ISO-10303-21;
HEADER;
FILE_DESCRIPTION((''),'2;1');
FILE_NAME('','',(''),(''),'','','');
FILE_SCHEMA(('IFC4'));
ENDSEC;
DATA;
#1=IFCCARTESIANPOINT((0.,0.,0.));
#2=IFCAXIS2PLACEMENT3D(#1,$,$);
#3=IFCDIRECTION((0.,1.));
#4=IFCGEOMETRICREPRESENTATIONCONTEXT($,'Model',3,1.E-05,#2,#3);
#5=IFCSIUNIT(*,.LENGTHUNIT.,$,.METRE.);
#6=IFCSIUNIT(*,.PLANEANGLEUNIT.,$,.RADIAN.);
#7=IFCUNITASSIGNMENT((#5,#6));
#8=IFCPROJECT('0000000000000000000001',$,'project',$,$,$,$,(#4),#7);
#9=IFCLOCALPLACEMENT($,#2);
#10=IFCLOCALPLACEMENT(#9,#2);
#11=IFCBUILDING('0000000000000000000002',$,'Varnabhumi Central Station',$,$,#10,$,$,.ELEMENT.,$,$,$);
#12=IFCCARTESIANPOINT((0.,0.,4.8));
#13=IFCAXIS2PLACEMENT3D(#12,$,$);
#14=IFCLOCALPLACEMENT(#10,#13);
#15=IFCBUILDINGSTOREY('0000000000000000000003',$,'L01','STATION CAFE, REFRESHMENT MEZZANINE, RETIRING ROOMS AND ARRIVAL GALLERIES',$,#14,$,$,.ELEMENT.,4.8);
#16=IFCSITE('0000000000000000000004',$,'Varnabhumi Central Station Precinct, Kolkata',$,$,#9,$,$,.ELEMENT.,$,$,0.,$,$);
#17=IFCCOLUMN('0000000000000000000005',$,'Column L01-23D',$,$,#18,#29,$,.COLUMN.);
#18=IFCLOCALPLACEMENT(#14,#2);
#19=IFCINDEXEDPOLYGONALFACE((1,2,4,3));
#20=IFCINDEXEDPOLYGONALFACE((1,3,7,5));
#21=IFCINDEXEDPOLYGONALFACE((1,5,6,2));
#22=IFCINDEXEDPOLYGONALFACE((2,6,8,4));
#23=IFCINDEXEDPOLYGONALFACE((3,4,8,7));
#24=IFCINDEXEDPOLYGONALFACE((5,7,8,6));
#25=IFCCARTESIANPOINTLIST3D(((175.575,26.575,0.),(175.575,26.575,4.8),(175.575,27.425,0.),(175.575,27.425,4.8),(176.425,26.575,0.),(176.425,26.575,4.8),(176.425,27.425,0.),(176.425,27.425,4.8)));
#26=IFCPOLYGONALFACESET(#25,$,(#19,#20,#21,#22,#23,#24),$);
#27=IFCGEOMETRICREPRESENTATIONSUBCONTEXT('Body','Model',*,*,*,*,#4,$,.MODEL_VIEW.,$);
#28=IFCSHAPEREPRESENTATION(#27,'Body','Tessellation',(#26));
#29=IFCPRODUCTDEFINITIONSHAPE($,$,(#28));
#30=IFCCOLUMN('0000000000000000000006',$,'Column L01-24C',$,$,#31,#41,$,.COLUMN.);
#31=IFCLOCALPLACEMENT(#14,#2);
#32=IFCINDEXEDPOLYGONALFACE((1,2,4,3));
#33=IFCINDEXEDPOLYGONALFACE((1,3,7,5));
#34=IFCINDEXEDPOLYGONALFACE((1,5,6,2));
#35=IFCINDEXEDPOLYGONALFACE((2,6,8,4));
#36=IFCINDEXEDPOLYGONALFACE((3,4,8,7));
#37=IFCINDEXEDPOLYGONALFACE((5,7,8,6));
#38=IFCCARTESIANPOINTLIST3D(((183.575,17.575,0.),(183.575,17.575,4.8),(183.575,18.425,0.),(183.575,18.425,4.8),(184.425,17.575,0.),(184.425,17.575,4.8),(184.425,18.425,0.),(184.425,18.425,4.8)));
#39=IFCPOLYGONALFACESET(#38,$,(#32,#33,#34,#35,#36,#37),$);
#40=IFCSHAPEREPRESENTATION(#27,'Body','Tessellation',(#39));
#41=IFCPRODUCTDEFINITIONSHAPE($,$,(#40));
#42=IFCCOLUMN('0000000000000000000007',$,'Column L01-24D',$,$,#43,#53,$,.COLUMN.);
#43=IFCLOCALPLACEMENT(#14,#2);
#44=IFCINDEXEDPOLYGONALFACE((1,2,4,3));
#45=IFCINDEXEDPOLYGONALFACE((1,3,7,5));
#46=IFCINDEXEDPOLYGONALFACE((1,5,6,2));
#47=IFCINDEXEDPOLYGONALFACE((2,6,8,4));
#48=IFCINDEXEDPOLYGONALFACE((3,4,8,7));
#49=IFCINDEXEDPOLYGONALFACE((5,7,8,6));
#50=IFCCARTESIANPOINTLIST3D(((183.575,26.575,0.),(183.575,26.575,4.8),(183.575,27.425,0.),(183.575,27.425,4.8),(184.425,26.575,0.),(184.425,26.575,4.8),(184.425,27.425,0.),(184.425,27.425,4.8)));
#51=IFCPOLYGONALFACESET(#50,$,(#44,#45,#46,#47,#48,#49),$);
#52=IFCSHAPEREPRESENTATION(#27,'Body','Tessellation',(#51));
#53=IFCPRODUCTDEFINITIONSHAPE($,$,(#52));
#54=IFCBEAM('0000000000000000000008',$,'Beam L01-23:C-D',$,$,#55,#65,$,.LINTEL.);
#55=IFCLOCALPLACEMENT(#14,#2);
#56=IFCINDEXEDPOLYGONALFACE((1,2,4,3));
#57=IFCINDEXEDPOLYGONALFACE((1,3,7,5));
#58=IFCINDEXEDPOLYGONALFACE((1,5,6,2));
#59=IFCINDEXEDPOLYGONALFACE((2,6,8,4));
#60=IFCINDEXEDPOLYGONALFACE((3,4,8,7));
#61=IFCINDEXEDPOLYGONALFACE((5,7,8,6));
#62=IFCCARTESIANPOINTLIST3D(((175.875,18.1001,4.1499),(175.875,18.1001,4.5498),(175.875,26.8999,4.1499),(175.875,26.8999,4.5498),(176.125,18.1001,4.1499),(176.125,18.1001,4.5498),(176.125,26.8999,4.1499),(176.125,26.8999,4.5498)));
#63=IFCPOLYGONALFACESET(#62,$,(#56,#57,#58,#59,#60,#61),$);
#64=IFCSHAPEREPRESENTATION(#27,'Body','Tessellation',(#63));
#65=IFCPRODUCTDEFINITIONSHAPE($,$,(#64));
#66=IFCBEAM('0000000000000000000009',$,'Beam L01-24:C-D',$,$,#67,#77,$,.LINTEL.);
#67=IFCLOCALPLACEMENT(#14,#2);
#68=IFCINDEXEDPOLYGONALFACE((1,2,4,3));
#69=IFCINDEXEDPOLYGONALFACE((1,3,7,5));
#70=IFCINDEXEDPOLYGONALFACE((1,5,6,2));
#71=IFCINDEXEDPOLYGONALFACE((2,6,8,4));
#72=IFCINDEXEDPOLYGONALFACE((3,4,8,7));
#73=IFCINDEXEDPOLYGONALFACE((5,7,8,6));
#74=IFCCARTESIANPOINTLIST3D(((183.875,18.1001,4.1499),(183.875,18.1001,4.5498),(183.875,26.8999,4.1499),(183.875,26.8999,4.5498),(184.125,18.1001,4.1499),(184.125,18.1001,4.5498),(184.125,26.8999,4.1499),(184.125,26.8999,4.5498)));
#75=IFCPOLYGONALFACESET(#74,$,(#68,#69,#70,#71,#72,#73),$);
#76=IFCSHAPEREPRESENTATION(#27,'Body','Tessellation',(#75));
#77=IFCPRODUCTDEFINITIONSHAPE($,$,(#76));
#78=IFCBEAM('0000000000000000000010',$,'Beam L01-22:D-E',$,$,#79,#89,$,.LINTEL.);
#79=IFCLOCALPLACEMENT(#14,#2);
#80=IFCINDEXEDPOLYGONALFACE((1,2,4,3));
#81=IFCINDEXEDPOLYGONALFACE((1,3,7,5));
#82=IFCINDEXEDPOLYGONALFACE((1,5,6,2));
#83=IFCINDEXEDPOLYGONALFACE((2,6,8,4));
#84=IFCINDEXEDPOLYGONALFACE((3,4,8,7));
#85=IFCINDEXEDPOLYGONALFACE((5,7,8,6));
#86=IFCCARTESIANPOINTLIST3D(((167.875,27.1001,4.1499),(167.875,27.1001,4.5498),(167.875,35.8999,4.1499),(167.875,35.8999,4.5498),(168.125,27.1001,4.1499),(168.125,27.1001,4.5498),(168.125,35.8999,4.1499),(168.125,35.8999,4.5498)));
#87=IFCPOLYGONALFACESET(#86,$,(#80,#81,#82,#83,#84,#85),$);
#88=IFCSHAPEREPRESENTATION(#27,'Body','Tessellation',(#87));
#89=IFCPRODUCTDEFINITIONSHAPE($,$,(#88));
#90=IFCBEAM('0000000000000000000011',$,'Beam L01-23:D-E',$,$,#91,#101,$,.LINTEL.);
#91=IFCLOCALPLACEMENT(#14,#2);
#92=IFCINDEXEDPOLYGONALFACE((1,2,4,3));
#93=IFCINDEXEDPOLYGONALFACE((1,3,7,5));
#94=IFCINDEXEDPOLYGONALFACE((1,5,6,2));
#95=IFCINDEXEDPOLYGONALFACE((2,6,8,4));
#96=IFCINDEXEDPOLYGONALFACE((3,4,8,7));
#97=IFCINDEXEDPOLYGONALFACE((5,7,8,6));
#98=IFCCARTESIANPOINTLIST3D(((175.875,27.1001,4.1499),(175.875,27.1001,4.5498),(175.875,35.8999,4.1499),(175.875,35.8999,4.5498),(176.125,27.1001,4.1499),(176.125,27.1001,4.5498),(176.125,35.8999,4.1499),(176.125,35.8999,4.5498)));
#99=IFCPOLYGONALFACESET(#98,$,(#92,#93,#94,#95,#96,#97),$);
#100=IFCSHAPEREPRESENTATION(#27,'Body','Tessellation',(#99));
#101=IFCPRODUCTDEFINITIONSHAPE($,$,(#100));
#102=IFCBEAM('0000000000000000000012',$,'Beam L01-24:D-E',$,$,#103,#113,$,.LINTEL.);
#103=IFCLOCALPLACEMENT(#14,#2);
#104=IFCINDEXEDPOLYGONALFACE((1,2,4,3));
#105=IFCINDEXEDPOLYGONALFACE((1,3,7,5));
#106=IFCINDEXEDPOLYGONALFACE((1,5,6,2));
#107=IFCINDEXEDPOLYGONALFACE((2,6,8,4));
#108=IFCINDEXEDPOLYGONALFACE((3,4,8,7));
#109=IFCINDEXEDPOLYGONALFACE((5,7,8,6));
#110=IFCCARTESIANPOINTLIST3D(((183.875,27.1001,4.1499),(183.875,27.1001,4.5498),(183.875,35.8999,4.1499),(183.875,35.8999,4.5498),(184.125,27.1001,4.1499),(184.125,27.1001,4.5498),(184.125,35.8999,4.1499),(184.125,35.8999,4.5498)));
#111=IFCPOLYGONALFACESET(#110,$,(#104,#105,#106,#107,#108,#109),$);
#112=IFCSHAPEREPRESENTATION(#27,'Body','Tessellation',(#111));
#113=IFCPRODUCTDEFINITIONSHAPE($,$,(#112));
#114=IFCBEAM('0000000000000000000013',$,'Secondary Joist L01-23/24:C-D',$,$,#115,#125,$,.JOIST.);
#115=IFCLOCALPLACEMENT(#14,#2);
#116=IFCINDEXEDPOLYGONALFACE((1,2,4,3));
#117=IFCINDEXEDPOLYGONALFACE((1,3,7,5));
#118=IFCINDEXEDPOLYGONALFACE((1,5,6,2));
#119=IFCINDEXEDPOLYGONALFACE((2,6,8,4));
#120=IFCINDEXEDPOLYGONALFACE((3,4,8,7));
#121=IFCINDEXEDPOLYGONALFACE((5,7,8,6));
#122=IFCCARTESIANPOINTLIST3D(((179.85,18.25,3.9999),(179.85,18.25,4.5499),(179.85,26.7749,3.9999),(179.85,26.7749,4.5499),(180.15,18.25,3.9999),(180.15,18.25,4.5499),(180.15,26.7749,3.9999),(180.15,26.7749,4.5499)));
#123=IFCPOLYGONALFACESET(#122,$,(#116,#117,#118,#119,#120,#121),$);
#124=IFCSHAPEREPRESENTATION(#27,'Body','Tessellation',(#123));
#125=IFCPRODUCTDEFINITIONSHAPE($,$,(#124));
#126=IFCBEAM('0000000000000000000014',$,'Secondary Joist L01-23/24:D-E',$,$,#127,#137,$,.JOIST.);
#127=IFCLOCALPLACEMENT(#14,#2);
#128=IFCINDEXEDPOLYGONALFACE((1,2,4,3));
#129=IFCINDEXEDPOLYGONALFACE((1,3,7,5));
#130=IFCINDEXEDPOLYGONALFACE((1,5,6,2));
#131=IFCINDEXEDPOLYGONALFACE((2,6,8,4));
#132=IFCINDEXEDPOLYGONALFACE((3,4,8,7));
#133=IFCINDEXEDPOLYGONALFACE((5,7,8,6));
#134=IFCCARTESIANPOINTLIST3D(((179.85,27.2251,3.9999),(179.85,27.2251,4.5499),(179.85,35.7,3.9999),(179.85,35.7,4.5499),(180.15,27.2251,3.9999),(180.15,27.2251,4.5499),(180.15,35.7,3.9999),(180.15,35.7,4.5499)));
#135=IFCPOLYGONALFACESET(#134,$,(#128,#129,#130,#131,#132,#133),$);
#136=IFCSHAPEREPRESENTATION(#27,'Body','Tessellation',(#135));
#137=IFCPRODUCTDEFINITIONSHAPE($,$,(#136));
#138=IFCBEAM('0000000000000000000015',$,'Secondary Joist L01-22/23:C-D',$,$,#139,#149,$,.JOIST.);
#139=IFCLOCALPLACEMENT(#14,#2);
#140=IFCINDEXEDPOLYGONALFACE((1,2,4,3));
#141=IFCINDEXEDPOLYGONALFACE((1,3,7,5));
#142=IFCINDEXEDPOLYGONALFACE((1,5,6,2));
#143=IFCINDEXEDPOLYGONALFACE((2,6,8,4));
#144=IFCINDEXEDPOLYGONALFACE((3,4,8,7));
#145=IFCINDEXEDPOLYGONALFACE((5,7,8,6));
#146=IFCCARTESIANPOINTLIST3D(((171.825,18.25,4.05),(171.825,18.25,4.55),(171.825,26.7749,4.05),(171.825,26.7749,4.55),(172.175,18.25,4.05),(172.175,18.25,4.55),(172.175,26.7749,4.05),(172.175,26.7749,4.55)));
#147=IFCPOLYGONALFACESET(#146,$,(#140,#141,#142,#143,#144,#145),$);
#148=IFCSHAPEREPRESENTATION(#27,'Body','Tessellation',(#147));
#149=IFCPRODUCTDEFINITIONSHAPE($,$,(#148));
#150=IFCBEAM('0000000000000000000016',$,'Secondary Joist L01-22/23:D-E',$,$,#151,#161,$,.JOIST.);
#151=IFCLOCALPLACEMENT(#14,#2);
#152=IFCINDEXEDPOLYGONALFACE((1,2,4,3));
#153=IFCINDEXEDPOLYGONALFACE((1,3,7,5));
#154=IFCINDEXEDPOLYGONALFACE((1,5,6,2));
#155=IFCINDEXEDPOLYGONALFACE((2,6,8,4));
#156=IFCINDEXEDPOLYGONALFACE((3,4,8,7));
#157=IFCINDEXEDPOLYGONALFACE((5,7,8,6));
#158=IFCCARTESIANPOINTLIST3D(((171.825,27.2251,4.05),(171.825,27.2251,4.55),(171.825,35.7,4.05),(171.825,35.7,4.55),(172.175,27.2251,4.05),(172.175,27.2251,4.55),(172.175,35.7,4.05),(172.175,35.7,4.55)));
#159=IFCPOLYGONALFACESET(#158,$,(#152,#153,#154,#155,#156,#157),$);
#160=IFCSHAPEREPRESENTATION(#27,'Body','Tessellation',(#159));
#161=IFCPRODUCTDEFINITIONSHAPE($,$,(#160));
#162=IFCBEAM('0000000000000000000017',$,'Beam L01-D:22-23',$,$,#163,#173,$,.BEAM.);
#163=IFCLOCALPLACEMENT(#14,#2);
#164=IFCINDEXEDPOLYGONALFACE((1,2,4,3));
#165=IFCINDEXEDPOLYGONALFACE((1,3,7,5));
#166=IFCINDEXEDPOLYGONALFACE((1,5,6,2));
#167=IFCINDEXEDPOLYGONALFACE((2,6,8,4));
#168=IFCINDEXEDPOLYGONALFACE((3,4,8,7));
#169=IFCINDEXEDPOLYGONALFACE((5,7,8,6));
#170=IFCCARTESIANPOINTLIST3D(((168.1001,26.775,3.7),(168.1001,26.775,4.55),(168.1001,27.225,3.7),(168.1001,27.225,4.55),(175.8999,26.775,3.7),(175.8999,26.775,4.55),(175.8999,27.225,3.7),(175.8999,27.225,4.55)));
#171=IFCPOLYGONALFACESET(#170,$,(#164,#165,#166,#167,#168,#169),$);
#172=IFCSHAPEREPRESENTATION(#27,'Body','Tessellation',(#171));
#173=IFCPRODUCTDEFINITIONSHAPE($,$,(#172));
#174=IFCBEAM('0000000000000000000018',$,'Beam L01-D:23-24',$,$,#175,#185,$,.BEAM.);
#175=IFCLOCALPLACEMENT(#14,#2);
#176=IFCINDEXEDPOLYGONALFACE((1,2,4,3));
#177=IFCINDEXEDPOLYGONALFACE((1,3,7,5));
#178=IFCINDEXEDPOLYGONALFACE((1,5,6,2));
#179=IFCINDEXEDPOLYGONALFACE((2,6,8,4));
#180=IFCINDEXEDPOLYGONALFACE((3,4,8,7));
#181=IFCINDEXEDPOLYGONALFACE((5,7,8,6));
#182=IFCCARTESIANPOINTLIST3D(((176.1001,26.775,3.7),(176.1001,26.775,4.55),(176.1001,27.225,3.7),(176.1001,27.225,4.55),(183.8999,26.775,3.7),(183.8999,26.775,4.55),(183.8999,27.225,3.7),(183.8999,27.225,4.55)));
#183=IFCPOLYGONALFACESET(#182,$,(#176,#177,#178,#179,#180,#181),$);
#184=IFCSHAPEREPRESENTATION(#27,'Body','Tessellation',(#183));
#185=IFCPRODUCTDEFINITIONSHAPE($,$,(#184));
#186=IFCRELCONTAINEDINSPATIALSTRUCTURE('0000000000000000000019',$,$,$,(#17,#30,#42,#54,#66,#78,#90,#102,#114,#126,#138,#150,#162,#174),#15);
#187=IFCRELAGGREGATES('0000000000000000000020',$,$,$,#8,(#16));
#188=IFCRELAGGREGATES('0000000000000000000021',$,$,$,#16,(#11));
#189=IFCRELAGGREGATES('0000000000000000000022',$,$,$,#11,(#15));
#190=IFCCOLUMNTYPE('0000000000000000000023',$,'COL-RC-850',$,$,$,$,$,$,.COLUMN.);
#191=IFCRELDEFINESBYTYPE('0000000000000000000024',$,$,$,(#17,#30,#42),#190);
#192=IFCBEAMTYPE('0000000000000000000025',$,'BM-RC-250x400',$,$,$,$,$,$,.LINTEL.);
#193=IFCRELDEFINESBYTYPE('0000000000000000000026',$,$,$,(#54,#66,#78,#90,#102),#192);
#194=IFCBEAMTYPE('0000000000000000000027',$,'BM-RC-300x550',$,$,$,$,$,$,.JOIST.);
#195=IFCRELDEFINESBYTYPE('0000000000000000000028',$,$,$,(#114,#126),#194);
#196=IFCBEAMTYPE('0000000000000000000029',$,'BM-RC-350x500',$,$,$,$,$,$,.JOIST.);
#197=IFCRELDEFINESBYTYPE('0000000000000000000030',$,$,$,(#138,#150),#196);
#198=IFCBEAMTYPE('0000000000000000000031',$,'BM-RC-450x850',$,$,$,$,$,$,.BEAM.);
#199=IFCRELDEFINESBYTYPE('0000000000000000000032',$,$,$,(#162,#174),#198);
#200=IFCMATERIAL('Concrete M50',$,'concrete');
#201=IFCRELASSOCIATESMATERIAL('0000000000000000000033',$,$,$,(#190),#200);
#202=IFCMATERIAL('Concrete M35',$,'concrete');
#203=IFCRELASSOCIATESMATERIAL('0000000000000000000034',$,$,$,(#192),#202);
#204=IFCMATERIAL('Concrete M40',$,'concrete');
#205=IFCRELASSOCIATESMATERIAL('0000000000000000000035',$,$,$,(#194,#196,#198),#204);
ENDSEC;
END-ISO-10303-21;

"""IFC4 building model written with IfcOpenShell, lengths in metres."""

from ifc_helpers import new_model, si_unit, direction, frame, origin, origin_2d, place, context, subcontext, project, spatial, rectangle, extrude, material, material_profile, profile_set, type_object, element, save


model = new_model("IFC4")

# Units and contexts
model_context = context("Model", 3, precision=1e-05, world=origin(), true_north=direction((0.0, 1.0)))
body_context = subcontext(model_context, "Body", "Model", "MODEL_VIEW")
ifc_project = project(units=[si_unit("LENGTHUNIT", "METRE"), si_unit("PLANEANGLEUNIT", "RADIAN")], contexts=[model_context])

# Site, building, storey
site_placement = place(None, origin())
site = spatial("IfcSite", under=ifc_project, at=site_placement, Name="Varnabhumi Central Station Precinct, Kolkata", CompositionType="ELEMENT", RefElevation=0.0)
building_placement = place(site_placement, origin())
building = spatial("IfcBuilding", under=site, at=building_placement, Name="Varnabhumi Central Station", CompositionType="ELEMENT")
storey_placement = place(building_placement, frame((0.0, 0.0, 4.8)))
storey = spatial("IfcBuildingStorey", under=building, at=storey_placement, Name="L01", Description="STATION CAFE, REFRESHMENT MEZZANINE, RETIRING ROOMS AND ARRIVAL GALLERIES", CompositionType="ELEMENT", Elevation=4.8)

# Columns
ifc_material_1 = material(Name="Concrete M50", Category="concrete")
ifc_material_profile_1 = material_profile(ifc_material_1, rectangle(XDim=0.8501, YDim=0.8501, at=origin_2d()), Name="Concrete M50", Category="concrete")
ifc_profile_set_1 = profile_set([ifc_material_profile_1], Name="Concrete M50")
column_type = type_object("IfcColumnType", Name="COL-RC-850", PredefinedType="COLUMN", material=ifc_profile_set_1)
for number, where, z_axis, x_axis, name in (
    (1, (176.0, 27.0, 0.0), (0.0, 0.0, 1.0), (1.0, 0.0, 0.0), "Column L01-23D"),
    (2, (184.0, 18.0, 0.0), (0.0, 0.0, 1.0), (1.0, 0.0, 0.0), "Column L01-24C"),
    (3, (184.0, 27.0, 0.0), (0.0, 0.0, 1.0), (1.0, 0.0, 0.0), "Column L01-24D"),
):
    element("IfcColumn", number, at=place(storey_placement, frame(where, z_axis=z_axis, x_axis=x_axis)), inside=storey, type_object=column_type, Name=name, PredefinedType="COLUMN", context=body_context, shape_type="SweptSolid", body=[
        extrude(rectangle(XDim=0.8501, YDim=0.8501, at=origin_2d()), origin(), (0.0, 0.0, 1.0), 4.8),
    ])

# Beams
ifc_material_2 = material(Name="Concrete M35", Category="concrete")
ifc_material_profile_2 = material_profile(ifc_material_2, rectangle(XDim=0.25, YDim=0.3999, at=origin_2d()), Name="Concrete M35", Category="concrete")
ifc_profile_set_2 = profile_set([ifc_material_profile_2], Name="Concrete M35")
beam_type_1 = type_object("IfcBeamType", Name="BM-RC-250x400", PredefinedType="LINTEL", material=ifc_profile_set_2)
for number, where, z_axis, x_axis, name in (
    (4, (176.0, 18.1001, 4.3499), (0.0, 1.0, 0.0), (-1.0, 0.0, 0.0), "Beam L01-23:C-D"),
    (5, (184.0, 18.1001, 4.3499), (0.0, 1.0, 0.0), (-1.0, 0.0, 0.0), "Beam L01-24:C-D"),
    (6, (168.0, 27.1001, 4.3499), (0.0, 1.0, 0.0), (-1.0, 0.0, 0.0), "Beam L01-22:D-E"),
    (7, (176.0, 27.1001, 4.3499), (0.0, 1.0, 0.0), (-1.0, 0.0, 0.0), "Beam L01-23:D-E"),
    (8, (184.0, 27.1001, 4.3499), (0.0, 1.0, 0.0), (-1.0, 0.0, 0.0), "Beam L01-24:D-E"),
):
    element("IfcBeam", number, at=place(storey_placement, frame(where, z_axis=z_axis, x_axis=x_axis)), inside=storey, type_object=beam_type_1, Name=name, PredefinedType="LINTEL", context=body_context, shape_type="SweptSolid", body=[
        extrude(rectangle(XDim=0.25, YDim=0.3999, at=origin_2d()), origin(), (0.0, 0.0, 1.0), 8.7998),
    ])
ifc_material_3 = material(Name="Concrete M40", Category="concrete")
ifc_material_profile_3 = material_profile(ifc_material_3, rectangle(XDim=0.3, YDim=0.55, at=origin_2d()), Name="Concrete M40", Category="concrete")
ifc_profile_set_3 = profile_set([ifc_material_profile_3], Name="Concrete M40")
beam_type_2 = type_object("IfcBeamType", Name="BM-RC-300x550", PredefinedType="JOIST", material=ifc_profile_set_3)
beam_1_placement = place(storey_placement, frame((180.0, 18.25, 4.2749), z_axis=(0.0, 1.0, 0.0), x_axis=(-1.0, 0.0, 0.0)))
element("IfcBeam", 9, at=beam_1_placement, inside=storey, type_object=beam_type_2, Name="Secondary Joist L01-23/24:C-D", PredefinedType="JOIST", context=body_context, shape_type="SweptSolid", body=[
    extrude(rectangle(XDim=0.3, YDim=0.55, at=origin_2d()), origin(), (0.0, 0.0, 1.0), 8.5249),
])
beam_2_placement = place(storey_placement, frame((180.0, 27.2251, 4.2749), z_axis=(0.0, 1.0, 0.0), x_axis=(-1.0, 0.0, 0.0)))
element("IfcBeam", 10, at=beam_2_placement, inside=storey, type_object=beam_type_2, Name="Secondary Joist L01-23/24:D-E", PredefinedType="JOIST", context=body_context, shape_type="SweptSolid", body=[
    extrude(rectangle(XDim=0.3, YDim=0.55, at=origin_2d()), origin(), (0.0, 0.0, 1.0), 8.4749),
])
ifc_material_profile_4 = material_profile(ifc_material_3, rectangle(XDim=0.3501, YDim=0.5, at=origin_2d()), Name="Concrete M40", Category="concrete")
ifc_profile_set_4 = profile_set([ifc_material_profile_4], Name="Concrete M40")
beam_type_3 = type_object("IfcBeamType", Name="BM-RC-350x500", PredefinedType="JOIST", material=ifc_profile_set_4)
beam_3_placement = place(storey_placement, frame((172.0, 18.25, 4.3), z_axis=(0.0, 1.0, 0.0), x_axis=(-1.0, 0.0, 0.0)))
element("IfcBeam", 11, at=beam_3_placement, inside=storey, type_object=beam_type_3, Name="Secondary Joist L01-22/23:C-D", PredefinedType="JOIST", context=body_context, shape_type="SweptSolid", body=[
    extrude(rectangle(XDim=0.3501, YDim=0.5, at=origin_2d()), origin(), (0.0, 0.0, 1.0), 8.5249),
])
beam_4_placement = place(storey_placement, frame((172.0, 27.2251, 4.3), z_axis=(0.0, 1.0, 0.0), x_axis=(-1.0, 0.0, 0.0)))
element("IfcBeam", 12, at=beam_4_placement, inside=storey, type_object=beam_type_3, Name="Secondary Joist L01-22/23:D-E", PredefinedType="JOIST", context=body_context, shape_type="SweptSolid", body=[
    extrude(rectangle(XDim=0.3501, YDim=0.5, at=origin_2d()), origin(), (0.0, 0.0, 1.0), 8.4749),
])
ifc_material_profile_5 = material_profile(ifc_material_3, rectangle(XDim=0.45, YDim=0.8501, at=origin_2d()), Name="Concrete M40", Category="concrete")
ifc_profile_set_5 = profile_set([ifc_material_profile_5], Name="Concrete M40")
beam_type_4 = type_object("IfcBeamType", Name="BM-RC-450x850", PredefinedType="BEAM", material=ifc_profile_set_5)
for number, where, z_axis, x_axis, name in (
    (13, (168.1001, 27.0, 4.125), (1.0, 0.0, 0.0), (0.0, 1.0, 0.0), "Beam L01-D:22-23"),
    (14, (176.1001, 27.0, 4.125), (1.0, 0.0, 0.0), (0.0, 1.0, 0.0), "Beam L01-D:23-24"),
):
    element("IfcBeam", number, at=place(storey_placement, frame(where, z_axis=z_axis, x_axis=x_axis)), inside=storey, type_object=beam_type_4, Name=name, PredefinedType="BEAM", context=body_context, shape_type="SweptSolid", body=[
        extrude(rectangle(XDim=0.45, YDim=0.8501, at=origin_2d()), origin(), (0.0, 0.0, 1.0), 7.7998),
    ])

save(model, "model.ifc")
